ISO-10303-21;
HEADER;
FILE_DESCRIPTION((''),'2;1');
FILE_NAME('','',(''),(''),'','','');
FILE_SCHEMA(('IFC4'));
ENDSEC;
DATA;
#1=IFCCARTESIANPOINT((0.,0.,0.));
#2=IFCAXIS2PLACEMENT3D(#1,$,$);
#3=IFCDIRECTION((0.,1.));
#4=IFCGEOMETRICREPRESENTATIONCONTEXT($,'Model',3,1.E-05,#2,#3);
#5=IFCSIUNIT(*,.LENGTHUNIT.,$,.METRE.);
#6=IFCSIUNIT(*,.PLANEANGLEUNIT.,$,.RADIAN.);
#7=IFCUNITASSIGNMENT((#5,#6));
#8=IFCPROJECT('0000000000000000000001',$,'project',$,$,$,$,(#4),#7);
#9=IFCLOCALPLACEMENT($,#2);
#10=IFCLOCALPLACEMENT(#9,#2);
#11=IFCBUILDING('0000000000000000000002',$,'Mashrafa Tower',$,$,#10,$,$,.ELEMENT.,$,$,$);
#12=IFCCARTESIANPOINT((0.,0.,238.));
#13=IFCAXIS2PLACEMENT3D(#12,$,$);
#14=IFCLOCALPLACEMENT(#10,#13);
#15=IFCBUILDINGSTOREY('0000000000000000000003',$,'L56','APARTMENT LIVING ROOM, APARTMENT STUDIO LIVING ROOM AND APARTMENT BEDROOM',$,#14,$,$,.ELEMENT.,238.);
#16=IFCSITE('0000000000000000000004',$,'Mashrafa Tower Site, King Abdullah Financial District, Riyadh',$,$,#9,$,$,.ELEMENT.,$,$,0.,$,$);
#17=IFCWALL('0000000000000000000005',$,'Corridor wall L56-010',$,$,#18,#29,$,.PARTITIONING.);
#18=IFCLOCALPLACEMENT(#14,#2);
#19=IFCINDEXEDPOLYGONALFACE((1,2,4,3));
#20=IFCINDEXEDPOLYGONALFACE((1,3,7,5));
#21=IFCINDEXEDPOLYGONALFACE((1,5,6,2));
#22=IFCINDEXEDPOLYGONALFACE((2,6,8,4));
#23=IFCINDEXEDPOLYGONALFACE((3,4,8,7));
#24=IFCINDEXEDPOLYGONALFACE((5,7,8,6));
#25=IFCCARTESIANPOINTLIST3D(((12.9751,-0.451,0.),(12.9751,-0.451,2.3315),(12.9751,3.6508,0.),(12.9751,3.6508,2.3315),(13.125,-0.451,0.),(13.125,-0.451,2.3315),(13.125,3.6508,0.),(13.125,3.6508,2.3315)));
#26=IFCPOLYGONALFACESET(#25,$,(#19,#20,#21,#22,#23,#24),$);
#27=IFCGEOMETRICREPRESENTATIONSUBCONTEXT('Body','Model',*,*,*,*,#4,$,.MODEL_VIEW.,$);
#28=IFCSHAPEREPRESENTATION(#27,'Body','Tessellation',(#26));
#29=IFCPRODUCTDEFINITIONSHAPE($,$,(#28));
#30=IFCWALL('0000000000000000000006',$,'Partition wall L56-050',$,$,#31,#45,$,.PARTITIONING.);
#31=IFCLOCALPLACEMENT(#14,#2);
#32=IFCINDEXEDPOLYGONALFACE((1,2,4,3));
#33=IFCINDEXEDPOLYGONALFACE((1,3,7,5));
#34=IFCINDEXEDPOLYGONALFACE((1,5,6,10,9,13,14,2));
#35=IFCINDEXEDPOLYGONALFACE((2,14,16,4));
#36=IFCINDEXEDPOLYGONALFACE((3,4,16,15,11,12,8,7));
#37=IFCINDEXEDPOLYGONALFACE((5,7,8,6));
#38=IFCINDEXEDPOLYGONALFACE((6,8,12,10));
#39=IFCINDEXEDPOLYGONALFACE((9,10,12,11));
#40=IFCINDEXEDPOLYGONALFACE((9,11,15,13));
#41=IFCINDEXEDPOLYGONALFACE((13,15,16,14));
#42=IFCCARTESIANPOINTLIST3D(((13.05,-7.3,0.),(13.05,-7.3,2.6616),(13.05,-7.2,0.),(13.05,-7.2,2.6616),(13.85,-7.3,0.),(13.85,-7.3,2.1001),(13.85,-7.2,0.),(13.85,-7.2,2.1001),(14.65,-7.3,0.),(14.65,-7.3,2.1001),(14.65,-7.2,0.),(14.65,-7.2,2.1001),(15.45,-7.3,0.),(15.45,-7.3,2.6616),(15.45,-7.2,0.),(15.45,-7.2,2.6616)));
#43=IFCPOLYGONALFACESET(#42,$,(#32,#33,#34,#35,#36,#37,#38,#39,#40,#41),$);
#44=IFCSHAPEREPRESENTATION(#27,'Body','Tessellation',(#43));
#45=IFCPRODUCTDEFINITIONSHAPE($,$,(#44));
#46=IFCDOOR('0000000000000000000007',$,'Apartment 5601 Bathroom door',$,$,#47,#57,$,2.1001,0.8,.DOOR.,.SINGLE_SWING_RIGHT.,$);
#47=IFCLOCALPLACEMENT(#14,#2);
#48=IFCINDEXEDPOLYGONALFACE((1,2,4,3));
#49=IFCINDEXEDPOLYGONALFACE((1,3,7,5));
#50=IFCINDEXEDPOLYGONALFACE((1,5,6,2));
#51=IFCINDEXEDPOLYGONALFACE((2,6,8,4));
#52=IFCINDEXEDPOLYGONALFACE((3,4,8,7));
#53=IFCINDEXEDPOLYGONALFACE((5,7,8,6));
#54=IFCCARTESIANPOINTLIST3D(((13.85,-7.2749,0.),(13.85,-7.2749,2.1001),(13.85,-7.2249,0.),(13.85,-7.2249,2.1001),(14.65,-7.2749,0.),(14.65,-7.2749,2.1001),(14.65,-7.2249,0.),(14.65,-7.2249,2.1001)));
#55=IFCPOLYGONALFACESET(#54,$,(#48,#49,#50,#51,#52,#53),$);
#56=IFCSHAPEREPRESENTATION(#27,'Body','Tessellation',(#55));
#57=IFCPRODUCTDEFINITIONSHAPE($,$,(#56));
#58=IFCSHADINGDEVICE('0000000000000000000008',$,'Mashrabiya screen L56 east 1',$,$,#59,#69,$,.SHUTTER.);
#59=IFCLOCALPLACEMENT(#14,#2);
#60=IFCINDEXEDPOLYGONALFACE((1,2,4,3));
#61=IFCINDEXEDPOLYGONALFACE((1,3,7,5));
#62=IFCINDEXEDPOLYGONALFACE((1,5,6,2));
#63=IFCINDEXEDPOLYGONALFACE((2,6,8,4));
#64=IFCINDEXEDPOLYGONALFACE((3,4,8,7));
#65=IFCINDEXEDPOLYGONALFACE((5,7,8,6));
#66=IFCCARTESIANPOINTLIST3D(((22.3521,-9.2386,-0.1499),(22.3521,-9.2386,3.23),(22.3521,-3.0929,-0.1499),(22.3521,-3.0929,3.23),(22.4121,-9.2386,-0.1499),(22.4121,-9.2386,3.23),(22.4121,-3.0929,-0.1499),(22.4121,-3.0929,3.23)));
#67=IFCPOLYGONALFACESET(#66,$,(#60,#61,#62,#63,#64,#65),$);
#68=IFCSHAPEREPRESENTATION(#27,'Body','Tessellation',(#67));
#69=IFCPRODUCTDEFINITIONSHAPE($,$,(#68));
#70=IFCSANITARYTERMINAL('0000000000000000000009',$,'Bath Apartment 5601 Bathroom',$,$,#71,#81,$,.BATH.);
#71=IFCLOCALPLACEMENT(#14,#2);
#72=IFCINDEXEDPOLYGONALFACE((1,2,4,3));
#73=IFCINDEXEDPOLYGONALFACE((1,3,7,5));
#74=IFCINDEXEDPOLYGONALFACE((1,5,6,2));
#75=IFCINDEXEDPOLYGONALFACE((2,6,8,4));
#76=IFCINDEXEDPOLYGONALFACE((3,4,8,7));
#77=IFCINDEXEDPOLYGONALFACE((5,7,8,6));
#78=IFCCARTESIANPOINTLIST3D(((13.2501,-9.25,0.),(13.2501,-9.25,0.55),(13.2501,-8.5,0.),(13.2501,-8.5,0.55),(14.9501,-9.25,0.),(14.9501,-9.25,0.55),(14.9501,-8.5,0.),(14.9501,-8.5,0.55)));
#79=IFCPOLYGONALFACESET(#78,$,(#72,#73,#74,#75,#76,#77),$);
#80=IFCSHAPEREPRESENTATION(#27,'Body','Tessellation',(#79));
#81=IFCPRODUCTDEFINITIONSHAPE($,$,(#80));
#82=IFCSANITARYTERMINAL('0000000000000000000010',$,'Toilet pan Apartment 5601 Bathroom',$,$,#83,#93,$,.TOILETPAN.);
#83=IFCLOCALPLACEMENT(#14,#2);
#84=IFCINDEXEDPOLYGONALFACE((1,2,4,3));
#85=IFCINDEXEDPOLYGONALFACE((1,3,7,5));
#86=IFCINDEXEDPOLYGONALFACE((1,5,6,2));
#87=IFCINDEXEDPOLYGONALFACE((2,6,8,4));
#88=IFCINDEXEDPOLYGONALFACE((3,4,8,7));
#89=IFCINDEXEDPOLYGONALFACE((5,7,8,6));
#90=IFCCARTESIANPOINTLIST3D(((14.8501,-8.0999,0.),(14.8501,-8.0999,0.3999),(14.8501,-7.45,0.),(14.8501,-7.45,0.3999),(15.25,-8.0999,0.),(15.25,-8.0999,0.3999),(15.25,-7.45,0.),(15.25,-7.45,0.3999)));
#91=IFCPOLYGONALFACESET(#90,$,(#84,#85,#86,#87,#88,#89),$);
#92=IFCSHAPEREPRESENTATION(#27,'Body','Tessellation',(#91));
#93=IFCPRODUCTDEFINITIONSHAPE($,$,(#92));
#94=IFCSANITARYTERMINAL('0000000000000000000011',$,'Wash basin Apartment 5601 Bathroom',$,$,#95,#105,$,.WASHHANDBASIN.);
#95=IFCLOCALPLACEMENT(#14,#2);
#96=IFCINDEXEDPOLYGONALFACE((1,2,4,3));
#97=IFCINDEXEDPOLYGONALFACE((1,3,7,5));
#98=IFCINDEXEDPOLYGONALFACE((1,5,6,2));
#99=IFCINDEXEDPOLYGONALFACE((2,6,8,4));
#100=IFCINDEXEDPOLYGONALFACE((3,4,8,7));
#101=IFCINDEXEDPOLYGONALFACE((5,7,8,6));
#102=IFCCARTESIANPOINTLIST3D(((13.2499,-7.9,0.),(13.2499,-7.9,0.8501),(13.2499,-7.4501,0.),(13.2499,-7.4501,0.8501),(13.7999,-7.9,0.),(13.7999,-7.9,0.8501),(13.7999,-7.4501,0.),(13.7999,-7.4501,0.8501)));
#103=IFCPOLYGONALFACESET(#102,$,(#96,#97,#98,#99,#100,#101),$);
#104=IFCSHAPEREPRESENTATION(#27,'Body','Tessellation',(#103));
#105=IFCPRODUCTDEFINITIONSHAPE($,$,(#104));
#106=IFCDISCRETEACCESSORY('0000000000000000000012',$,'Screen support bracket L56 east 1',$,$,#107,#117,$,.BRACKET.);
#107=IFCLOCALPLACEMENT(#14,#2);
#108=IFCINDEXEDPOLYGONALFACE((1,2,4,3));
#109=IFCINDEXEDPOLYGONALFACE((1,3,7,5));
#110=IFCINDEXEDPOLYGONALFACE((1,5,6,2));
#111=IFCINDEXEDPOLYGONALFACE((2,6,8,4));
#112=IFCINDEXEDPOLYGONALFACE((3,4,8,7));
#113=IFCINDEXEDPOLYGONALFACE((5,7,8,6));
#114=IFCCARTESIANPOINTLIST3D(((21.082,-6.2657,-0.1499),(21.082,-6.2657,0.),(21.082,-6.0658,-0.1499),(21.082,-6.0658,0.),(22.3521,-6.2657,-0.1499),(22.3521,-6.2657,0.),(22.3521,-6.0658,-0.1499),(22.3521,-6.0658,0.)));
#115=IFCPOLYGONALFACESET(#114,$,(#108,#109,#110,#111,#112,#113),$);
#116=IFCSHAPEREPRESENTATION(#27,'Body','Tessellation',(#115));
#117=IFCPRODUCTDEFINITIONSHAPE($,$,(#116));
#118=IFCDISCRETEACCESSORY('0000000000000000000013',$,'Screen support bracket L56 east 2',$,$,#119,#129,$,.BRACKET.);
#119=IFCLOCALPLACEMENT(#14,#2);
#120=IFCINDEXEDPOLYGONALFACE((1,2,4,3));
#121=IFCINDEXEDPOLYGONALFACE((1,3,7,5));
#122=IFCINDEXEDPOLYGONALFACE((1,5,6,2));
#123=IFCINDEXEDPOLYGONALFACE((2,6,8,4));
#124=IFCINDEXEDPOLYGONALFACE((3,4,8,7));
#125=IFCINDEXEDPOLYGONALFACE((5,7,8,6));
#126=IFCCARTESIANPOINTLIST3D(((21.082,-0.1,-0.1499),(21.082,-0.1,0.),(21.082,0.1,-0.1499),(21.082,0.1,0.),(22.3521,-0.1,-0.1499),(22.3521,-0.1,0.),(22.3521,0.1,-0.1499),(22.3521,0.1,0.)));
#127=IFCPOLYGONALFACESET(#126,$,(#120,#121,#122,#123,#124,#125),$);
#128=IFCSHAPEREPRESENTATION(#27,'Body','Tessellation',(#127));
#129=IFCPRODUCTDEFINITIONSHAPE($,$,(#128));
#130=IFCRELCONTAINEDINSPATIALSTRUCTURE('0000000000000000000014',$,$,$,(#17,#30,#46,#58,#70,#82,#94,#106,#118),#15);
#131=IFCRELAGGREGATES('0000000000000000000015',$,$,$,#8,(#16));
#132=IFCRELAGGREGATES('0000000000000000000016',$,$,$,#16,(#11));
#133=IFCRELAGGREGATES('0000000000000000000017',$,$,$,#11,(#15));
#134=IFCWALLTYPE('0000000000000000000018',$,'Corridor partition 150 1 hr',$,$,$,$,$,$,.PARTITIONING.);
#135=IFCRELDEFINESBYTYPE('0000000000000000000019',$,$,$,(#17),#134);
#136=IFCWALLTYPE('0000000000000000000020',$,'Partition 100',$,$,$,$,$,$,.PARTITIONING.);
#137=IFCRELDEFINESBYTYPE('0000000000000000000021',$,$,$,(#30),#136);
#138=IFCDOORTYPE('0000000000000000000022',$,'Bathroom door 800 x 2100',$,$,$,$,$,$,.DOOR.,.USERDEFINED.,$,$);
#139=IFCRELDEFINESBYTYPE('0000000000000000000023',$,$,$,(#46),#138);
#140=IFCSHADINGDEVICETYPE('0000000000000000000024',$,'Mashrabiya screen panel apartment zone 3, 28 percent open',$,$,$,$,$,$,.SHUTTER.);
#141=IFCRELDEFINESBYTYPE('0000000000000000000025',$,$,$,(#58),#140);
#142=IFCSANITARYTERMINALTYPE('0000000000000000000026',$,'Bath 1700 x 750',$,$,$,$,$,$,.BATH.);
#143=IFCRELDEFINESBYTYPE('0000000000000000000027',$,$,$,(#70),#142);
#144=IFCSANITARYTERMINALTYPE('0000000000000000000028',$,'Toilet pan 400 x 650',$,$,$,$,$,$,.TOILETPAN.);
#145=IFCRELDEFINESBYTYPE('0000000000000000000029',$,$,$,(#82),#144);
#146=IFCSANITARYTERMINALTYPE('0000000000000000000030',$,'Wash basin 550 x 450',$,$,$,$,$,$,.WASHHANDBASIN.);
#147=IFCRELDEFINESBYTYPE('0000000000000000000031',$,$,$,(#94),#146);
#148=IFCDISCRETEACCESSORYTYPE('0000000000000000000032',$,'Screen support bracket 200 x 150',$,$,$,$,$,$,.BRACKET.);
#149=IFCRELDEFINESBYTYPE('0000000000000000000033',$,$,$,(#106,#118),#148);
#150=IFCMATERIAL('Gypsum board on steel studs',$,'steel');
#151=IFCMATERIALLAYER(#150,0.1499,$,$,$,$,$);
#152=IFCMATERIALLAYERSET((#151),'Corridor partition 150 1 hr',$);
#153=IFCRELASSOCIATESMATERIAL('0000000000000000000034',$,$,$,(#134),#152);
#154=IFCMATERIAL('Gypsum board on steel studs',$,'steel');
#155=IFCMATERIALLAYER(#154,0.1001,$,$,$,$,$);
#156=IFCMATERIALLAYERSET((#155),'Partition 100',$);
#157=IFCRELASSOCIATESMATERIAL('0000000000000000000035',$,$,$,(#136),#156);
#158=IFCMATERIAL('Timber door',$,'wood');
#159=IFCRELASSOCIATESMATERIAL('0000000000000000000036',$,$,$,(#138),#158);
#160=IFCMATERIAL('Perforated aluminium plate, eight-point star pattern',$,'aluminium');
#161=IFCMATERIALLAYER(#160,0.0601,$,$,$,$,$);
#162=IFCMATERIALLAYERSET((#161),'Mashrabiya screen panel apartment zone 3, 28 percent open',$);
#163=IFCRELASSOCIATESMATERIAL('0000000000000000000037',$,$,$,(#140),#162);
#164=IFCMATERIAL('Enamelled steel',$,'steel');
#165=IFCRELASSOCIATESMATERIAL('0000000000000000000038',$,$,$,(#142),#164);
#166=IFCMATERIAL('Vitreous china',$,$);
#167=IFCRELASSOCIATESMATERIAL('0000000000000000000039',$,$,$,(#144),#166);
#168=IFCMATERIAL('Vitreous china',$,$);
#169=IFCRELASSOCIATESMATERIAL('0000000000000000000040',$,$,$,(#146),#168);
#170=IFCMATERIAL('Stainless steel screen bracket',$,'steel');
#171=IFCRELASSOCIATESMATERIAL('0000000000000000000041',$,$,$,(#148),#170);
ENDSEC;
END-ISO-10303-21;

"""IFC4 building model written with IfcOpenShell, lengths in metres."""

from ifc_helpers import new_model, si_unit, direction, frame, frame_2d, origin, origin_2d, place, context, subcontext, project, spatial, rectangle, extrude, source, transform, mapped, material, layer, layer_set, type_object, type_shapes, element, fill, save


model = new_model("IFC4")

# Units and contexts
model_context = context("Model", 3, precision=1e-05, world=origin(), true_north=direction((0.0, 1.0)))
body_context = subcontext(model_context, "Body", "Model", "MODEL_VIEW")
ifc_project = project(units=[si_unit("LENGTHUNIT", "METRE"), si_unit("PLANEANGLEUNIT", "RADIAN")], contexts=[model_context])

# Site, building, storey
site_placement = place(None, origin())
site = spatial("IfcSite", under=ifc_project, at=site_placement, Name="Mashrafa Tower Site, King Abdullah Financial District, Riyadh", CompositionType="ELEMENT", RefElevation=0.0)
building_placement = place(site_placement, origin())
building = spatial("IfcBuilding", under=site, at=building_placement, Name="Mashrafa Tower", CompositionType="ELEMENT")
storey_placement = place(building_placement, frame((0.0, 0.0, 238.0)))
storey = spatial("IfcBuildingStorey", under=building, at=storey_placement, Name="L56", Description="APARTMENT LIVING ROOM, APARTMENT STUDIO LIVING ROOM AND APARTMENT BEDROOM", CompositionType="ELEMENT", Elevation=238.0)

# Shared definitions
ifc_material_1 = material(Name="Gypsum board on steel studs", Category="steel")
ifc_layer_1 = layer(ifc_material_1, 0.1499)
ifc_layer_set_1 = layer_set([ifc_layer_1], Name="Corridor partition 150 1 hr")
wall_type_1 = type_object("IfcWallType", Name="Corridor partition 150 1 hr", PredefinedType="PARTITIONING", material=ifc_layer_set_1)

# Wall
wall_1_placement = place(storey_placement, frame((13.05, -0.4509, 0.0), z_axis=(0.0, 0.0, 1.0), x_axis=(0.0, 1.0, 0.0)))
element("IfcWall", 1, at=wall_1_placement, inside=storey, type_object=wall_type_1, Name="Corridor wall L56-010", PredefinedType="PARTITIONING", context=body_context, shape_type="SweptSolid", body=[
    extrude(rectangle(XDim=4.1018, YDim=0.1499, at=frame_2d((2.0508, 0.0))), origin(), (0.0, 0.0, 1.0), 2.3315),
])

# Wall, opening, door
ifc_material_2 = material(Name="Gypsum board on steel studs", Category="steel")
ifc_layer_2 = layer(ifc_material_2, 0.1001)
ifc_layer_set_2 = layer_set([ifc_layer_2], Name="Partition 100")
wall_type_2 = type_object("IfcWallType", Name="Partition 100", PredefinedType="PARTITIONING", material=ifc_layer_set_2)
wall_2_placement = place(storey_placement, frame((15.45, -7.25, 0.0), z_axis=(0.0, 0.0, 1.0), x_axis=(-1.0, 0.0, 0.0)))
wall_2 = element("IfcWall", 2, at=wall_2_placement, inside=storey, type_object=wall_type_2, Name="Partition wall L56-050", PredefinedType="PARTITIONING", context=body_context, shape_type="SweptSolid", body=[
    extrude(rectangle(XDim=2.3999, YDim=0.1001, at=frame_2d((1.2, 0.0))), origin(), (0.0, 0.0, 1.0), 2.6616),
])
opening_1_placement = place(wall_2_placement, frame((0.8, 0.0, 0.0)))
opening_1 = element("IfcOpeningElement", 3, at=opening_1_placement, cuts=wall_2, PredefinedType="OPENING", context=body_context, shape_type="SweptSolid", body=[
    extrude(rectangle(XDim=0.8, YDim=2.1001, at=frame_2d((0.3999, 1.05))), frame((0.0, 0.0601, 0.0), z_axis=(0.0, -1.0, 0.0), x_axis=(1.0, 0.0, 0.0)), (0.0, 0.0, 1.0), 0.1201),
])
ifc_material_3 = material(Name="Timber door", Category="wood")
door_type_1 = type_object("IfcDoorType", Name="Bathroom door 800 x 2100", OperationType="USERDEFINED", PredefinedType="DOOR", material=ifc_material_3)
door_1_placement = place(opening_1_placement, origin())
door_1 = element("IfcDoor", 4, at=door_1_placement, inside=storey, type_object=door_type_1, Name="Apartment 5601 Bathroom door", OperationType="SINGLE_SWING_RIGHT", OverallHeight=2.1001, OverallWidth=0.8, PredefinedType="DOOR", context=body_context, shape_type="SweptSolid", body=[
    extrude(rectangle(XDim=0.8, YDim=2.1001, at=frame_2d((0.3999, 1.05))), frame((0.0, 0.0249, 0.0), z_axis=(0.0, -1.0, 0.0), x_axis=(1.0, 0.0, 0.0)), (0.0, 0.0, 1.0), 0.05),
])
fill(opening_1, door_1)

# Shading device
ifc_material_4 = material(Name="Perforated aluminium plate, eight-point star pattern", Category="aluminium")
ifc_layer_3 = layer(ifc_material_4, 0.0601)
ifc_layer_set_3 = layer_set([ifc_layer_3], Name="Mashrabiya screen panel apartment zone 3, 28 percent open")
shading_device_type = type_object("IfcShadingDeviceType", Name="Mashrabiya screen panel apartment zone 3, 28 percent open", PredefinedType="SHUTTER", material=ifc_layer_set_3)
shared_shape_1 = source(origin(), body_context, "Body", "SweptSolid", [
    extrude(rectangle(XDim=6.1458, YDim=0.0601, at=origin_2d()), origin(), (0.0, 0.0, 1.0), 3.3799),
])
type_shapes(shading_device_type, [shared_shape_1])
shading_device_placement = place(storey_placement, frame((22.3821, -6.1658, -0.1499), z_axis=(0.0, 0.0, 1.0), x_axis=(0.0, 1.0, 0.0)))
element("IfcShadingDevice", 5, at=shading_device_placement, inside=storey, type_object=shading_device_type, Name="Mashrabiya screen L56 east 1", PredefinedType="SHUTTER", context=body_context, shape_type="MappedRepresentation", body=[
    mapped(shared_shape_1, transform((0.0, 0.0, 0.0))),
])

# Sanitary terminals
ifc_material_5 = material(Name="Enamelled steel", Category="steel")
sanitary_terminal_type_1 = type_object("IfcSanitaryTerminalType", Name="Bath 1700 x 750", PredefinedType="BATH", material=ifc_material_5)
sanitary_terminal_1_placement = place(storey_placement, frame((14.1001, -8.875, 0.0), z_axis=(0.0, 0.0, 1.0), x_axis=(1.0, 0.0, 0.0)))
element("IfcSanitaryTerminal", 6, at=sanitary_terminal_1_placement, inside=storey, type_object=sanitary_terminal_type_1, Name="Bath Apartment 5601 Bathroom", PredefinedType="BATH", context=body_context, shape_type="SweptSolid", body=[
    extrude(rectangle(XDim=1.7, YDim=0.75, at=origin_2d()), origin(), (0.0, 0.0, 1.0), 0.55),
])
ifc_material_6 = material(Name="Vitreous china")
sanitary_terminal_type_2 = type_object("IfcSanitaryTerminalType", Name="Toilet pan 400 x 650", PredefinedType="TOILETPAN", material=ifc_material_6)
sanitary_terminal_2_placement = place(storey_placement, frame((15.05, -7.7749, 0.0), z_axis=(0.0, 0.0, 1.0), x_axis=(-1.0, 0.0, 0.0)))
element("IfcSanitaryTerminal", 7, at=sanitary_terminal_2_placement, inside=storey, type_object=sanitary_terminal_type_2, Name="Toilet pan Apartment 5601 Bathroom", PredefinedType="TOILETPAN", context=body_context, shape_type="SweptSolid", body=[
    extrude(rectangle(XDim=0.3999, YDim=0.6499, at=origin_2d()), origin(), (0.0, 0.0, 1.0), 0.3999),
])
ifc_material_7 = material(Name="Vitreous china")
sanitary_terminal_type_3 = type_object("IfcSanitaryTerminalType", Name="Wash basin 550 x 450", PredefinedType="WASHHANDBASIN", material=ifc_material_7)
sanitary_terminal_3_placement = place(storey_placement, frame((13.5249, -7.675, 0.0), z_axis=(0.0, 0.0, 1.0), x_axis=(-1.0, 0.0, 0.0)))
element("IfcSanitaryTerminal", 8, at=sanitary_terminal_3_placement, inside=storey, type_object=sanitary_terminal_type_3, Name="Wash basin Apartment 5601 Bathroom", PredefinedType="WASHHANDBASIN", context=body_context, shape_type="SweptSolid", body=[
    extrude(rectangle(XDim=0.55, YDim=0.45, at=origin_2d()), origin(), (0.0, 0.0, 1.0), 0.8501),
])

# Discrete accessories
ifc_material_8 = material(Name="Stainless steel screen bracket", Category="steel")
discrete_accessory_type = type_object("IfcDiscreteAccessoryType", Name="Screen support bracket 200 x 150", PredefinedType="BRACKET", material=ifc_material_8)
shared_shape_2 = source(origin(), body_context, "Body", "SweptSolid", [
    extrude(rectangle(XDim=0.2, YDim=1.27, at=origin_2d()), origin(), (0.0, 0.0, 1.0), 0.1499),
])
type_shapes(discrete_accessory_type, [shared_shape_2])
for number, where, z_axis, x_axis, name in (
    (9, (21.717, -6.1658, -0.1499), (0.0, 0.0, 1.0), (0.0, 1.0, 0.0), "Screen support bracket L56 east 1"),
    (10, (21.717, 0.0, -0.1499), (0.0, 0.0, 1.0), (0.0, 1.0, 0.0), "Screen support bracket L56 east 2"),
):
    element("IfcDiscreteAccessory", number, at=place(storey_placement, frame(where, z_axis=z_axis, x_axis=x_axis)), inside=storey, type_object=discrete_accessory_type, Name=name, PredefinedType="BRACKET", context=body_context, shape_type="MappedRepresentation", body=[
        mapped(shared_shape_2, transform((0.0, 0.0, 0.0))),
    ])

save(model, "model.ifc")
